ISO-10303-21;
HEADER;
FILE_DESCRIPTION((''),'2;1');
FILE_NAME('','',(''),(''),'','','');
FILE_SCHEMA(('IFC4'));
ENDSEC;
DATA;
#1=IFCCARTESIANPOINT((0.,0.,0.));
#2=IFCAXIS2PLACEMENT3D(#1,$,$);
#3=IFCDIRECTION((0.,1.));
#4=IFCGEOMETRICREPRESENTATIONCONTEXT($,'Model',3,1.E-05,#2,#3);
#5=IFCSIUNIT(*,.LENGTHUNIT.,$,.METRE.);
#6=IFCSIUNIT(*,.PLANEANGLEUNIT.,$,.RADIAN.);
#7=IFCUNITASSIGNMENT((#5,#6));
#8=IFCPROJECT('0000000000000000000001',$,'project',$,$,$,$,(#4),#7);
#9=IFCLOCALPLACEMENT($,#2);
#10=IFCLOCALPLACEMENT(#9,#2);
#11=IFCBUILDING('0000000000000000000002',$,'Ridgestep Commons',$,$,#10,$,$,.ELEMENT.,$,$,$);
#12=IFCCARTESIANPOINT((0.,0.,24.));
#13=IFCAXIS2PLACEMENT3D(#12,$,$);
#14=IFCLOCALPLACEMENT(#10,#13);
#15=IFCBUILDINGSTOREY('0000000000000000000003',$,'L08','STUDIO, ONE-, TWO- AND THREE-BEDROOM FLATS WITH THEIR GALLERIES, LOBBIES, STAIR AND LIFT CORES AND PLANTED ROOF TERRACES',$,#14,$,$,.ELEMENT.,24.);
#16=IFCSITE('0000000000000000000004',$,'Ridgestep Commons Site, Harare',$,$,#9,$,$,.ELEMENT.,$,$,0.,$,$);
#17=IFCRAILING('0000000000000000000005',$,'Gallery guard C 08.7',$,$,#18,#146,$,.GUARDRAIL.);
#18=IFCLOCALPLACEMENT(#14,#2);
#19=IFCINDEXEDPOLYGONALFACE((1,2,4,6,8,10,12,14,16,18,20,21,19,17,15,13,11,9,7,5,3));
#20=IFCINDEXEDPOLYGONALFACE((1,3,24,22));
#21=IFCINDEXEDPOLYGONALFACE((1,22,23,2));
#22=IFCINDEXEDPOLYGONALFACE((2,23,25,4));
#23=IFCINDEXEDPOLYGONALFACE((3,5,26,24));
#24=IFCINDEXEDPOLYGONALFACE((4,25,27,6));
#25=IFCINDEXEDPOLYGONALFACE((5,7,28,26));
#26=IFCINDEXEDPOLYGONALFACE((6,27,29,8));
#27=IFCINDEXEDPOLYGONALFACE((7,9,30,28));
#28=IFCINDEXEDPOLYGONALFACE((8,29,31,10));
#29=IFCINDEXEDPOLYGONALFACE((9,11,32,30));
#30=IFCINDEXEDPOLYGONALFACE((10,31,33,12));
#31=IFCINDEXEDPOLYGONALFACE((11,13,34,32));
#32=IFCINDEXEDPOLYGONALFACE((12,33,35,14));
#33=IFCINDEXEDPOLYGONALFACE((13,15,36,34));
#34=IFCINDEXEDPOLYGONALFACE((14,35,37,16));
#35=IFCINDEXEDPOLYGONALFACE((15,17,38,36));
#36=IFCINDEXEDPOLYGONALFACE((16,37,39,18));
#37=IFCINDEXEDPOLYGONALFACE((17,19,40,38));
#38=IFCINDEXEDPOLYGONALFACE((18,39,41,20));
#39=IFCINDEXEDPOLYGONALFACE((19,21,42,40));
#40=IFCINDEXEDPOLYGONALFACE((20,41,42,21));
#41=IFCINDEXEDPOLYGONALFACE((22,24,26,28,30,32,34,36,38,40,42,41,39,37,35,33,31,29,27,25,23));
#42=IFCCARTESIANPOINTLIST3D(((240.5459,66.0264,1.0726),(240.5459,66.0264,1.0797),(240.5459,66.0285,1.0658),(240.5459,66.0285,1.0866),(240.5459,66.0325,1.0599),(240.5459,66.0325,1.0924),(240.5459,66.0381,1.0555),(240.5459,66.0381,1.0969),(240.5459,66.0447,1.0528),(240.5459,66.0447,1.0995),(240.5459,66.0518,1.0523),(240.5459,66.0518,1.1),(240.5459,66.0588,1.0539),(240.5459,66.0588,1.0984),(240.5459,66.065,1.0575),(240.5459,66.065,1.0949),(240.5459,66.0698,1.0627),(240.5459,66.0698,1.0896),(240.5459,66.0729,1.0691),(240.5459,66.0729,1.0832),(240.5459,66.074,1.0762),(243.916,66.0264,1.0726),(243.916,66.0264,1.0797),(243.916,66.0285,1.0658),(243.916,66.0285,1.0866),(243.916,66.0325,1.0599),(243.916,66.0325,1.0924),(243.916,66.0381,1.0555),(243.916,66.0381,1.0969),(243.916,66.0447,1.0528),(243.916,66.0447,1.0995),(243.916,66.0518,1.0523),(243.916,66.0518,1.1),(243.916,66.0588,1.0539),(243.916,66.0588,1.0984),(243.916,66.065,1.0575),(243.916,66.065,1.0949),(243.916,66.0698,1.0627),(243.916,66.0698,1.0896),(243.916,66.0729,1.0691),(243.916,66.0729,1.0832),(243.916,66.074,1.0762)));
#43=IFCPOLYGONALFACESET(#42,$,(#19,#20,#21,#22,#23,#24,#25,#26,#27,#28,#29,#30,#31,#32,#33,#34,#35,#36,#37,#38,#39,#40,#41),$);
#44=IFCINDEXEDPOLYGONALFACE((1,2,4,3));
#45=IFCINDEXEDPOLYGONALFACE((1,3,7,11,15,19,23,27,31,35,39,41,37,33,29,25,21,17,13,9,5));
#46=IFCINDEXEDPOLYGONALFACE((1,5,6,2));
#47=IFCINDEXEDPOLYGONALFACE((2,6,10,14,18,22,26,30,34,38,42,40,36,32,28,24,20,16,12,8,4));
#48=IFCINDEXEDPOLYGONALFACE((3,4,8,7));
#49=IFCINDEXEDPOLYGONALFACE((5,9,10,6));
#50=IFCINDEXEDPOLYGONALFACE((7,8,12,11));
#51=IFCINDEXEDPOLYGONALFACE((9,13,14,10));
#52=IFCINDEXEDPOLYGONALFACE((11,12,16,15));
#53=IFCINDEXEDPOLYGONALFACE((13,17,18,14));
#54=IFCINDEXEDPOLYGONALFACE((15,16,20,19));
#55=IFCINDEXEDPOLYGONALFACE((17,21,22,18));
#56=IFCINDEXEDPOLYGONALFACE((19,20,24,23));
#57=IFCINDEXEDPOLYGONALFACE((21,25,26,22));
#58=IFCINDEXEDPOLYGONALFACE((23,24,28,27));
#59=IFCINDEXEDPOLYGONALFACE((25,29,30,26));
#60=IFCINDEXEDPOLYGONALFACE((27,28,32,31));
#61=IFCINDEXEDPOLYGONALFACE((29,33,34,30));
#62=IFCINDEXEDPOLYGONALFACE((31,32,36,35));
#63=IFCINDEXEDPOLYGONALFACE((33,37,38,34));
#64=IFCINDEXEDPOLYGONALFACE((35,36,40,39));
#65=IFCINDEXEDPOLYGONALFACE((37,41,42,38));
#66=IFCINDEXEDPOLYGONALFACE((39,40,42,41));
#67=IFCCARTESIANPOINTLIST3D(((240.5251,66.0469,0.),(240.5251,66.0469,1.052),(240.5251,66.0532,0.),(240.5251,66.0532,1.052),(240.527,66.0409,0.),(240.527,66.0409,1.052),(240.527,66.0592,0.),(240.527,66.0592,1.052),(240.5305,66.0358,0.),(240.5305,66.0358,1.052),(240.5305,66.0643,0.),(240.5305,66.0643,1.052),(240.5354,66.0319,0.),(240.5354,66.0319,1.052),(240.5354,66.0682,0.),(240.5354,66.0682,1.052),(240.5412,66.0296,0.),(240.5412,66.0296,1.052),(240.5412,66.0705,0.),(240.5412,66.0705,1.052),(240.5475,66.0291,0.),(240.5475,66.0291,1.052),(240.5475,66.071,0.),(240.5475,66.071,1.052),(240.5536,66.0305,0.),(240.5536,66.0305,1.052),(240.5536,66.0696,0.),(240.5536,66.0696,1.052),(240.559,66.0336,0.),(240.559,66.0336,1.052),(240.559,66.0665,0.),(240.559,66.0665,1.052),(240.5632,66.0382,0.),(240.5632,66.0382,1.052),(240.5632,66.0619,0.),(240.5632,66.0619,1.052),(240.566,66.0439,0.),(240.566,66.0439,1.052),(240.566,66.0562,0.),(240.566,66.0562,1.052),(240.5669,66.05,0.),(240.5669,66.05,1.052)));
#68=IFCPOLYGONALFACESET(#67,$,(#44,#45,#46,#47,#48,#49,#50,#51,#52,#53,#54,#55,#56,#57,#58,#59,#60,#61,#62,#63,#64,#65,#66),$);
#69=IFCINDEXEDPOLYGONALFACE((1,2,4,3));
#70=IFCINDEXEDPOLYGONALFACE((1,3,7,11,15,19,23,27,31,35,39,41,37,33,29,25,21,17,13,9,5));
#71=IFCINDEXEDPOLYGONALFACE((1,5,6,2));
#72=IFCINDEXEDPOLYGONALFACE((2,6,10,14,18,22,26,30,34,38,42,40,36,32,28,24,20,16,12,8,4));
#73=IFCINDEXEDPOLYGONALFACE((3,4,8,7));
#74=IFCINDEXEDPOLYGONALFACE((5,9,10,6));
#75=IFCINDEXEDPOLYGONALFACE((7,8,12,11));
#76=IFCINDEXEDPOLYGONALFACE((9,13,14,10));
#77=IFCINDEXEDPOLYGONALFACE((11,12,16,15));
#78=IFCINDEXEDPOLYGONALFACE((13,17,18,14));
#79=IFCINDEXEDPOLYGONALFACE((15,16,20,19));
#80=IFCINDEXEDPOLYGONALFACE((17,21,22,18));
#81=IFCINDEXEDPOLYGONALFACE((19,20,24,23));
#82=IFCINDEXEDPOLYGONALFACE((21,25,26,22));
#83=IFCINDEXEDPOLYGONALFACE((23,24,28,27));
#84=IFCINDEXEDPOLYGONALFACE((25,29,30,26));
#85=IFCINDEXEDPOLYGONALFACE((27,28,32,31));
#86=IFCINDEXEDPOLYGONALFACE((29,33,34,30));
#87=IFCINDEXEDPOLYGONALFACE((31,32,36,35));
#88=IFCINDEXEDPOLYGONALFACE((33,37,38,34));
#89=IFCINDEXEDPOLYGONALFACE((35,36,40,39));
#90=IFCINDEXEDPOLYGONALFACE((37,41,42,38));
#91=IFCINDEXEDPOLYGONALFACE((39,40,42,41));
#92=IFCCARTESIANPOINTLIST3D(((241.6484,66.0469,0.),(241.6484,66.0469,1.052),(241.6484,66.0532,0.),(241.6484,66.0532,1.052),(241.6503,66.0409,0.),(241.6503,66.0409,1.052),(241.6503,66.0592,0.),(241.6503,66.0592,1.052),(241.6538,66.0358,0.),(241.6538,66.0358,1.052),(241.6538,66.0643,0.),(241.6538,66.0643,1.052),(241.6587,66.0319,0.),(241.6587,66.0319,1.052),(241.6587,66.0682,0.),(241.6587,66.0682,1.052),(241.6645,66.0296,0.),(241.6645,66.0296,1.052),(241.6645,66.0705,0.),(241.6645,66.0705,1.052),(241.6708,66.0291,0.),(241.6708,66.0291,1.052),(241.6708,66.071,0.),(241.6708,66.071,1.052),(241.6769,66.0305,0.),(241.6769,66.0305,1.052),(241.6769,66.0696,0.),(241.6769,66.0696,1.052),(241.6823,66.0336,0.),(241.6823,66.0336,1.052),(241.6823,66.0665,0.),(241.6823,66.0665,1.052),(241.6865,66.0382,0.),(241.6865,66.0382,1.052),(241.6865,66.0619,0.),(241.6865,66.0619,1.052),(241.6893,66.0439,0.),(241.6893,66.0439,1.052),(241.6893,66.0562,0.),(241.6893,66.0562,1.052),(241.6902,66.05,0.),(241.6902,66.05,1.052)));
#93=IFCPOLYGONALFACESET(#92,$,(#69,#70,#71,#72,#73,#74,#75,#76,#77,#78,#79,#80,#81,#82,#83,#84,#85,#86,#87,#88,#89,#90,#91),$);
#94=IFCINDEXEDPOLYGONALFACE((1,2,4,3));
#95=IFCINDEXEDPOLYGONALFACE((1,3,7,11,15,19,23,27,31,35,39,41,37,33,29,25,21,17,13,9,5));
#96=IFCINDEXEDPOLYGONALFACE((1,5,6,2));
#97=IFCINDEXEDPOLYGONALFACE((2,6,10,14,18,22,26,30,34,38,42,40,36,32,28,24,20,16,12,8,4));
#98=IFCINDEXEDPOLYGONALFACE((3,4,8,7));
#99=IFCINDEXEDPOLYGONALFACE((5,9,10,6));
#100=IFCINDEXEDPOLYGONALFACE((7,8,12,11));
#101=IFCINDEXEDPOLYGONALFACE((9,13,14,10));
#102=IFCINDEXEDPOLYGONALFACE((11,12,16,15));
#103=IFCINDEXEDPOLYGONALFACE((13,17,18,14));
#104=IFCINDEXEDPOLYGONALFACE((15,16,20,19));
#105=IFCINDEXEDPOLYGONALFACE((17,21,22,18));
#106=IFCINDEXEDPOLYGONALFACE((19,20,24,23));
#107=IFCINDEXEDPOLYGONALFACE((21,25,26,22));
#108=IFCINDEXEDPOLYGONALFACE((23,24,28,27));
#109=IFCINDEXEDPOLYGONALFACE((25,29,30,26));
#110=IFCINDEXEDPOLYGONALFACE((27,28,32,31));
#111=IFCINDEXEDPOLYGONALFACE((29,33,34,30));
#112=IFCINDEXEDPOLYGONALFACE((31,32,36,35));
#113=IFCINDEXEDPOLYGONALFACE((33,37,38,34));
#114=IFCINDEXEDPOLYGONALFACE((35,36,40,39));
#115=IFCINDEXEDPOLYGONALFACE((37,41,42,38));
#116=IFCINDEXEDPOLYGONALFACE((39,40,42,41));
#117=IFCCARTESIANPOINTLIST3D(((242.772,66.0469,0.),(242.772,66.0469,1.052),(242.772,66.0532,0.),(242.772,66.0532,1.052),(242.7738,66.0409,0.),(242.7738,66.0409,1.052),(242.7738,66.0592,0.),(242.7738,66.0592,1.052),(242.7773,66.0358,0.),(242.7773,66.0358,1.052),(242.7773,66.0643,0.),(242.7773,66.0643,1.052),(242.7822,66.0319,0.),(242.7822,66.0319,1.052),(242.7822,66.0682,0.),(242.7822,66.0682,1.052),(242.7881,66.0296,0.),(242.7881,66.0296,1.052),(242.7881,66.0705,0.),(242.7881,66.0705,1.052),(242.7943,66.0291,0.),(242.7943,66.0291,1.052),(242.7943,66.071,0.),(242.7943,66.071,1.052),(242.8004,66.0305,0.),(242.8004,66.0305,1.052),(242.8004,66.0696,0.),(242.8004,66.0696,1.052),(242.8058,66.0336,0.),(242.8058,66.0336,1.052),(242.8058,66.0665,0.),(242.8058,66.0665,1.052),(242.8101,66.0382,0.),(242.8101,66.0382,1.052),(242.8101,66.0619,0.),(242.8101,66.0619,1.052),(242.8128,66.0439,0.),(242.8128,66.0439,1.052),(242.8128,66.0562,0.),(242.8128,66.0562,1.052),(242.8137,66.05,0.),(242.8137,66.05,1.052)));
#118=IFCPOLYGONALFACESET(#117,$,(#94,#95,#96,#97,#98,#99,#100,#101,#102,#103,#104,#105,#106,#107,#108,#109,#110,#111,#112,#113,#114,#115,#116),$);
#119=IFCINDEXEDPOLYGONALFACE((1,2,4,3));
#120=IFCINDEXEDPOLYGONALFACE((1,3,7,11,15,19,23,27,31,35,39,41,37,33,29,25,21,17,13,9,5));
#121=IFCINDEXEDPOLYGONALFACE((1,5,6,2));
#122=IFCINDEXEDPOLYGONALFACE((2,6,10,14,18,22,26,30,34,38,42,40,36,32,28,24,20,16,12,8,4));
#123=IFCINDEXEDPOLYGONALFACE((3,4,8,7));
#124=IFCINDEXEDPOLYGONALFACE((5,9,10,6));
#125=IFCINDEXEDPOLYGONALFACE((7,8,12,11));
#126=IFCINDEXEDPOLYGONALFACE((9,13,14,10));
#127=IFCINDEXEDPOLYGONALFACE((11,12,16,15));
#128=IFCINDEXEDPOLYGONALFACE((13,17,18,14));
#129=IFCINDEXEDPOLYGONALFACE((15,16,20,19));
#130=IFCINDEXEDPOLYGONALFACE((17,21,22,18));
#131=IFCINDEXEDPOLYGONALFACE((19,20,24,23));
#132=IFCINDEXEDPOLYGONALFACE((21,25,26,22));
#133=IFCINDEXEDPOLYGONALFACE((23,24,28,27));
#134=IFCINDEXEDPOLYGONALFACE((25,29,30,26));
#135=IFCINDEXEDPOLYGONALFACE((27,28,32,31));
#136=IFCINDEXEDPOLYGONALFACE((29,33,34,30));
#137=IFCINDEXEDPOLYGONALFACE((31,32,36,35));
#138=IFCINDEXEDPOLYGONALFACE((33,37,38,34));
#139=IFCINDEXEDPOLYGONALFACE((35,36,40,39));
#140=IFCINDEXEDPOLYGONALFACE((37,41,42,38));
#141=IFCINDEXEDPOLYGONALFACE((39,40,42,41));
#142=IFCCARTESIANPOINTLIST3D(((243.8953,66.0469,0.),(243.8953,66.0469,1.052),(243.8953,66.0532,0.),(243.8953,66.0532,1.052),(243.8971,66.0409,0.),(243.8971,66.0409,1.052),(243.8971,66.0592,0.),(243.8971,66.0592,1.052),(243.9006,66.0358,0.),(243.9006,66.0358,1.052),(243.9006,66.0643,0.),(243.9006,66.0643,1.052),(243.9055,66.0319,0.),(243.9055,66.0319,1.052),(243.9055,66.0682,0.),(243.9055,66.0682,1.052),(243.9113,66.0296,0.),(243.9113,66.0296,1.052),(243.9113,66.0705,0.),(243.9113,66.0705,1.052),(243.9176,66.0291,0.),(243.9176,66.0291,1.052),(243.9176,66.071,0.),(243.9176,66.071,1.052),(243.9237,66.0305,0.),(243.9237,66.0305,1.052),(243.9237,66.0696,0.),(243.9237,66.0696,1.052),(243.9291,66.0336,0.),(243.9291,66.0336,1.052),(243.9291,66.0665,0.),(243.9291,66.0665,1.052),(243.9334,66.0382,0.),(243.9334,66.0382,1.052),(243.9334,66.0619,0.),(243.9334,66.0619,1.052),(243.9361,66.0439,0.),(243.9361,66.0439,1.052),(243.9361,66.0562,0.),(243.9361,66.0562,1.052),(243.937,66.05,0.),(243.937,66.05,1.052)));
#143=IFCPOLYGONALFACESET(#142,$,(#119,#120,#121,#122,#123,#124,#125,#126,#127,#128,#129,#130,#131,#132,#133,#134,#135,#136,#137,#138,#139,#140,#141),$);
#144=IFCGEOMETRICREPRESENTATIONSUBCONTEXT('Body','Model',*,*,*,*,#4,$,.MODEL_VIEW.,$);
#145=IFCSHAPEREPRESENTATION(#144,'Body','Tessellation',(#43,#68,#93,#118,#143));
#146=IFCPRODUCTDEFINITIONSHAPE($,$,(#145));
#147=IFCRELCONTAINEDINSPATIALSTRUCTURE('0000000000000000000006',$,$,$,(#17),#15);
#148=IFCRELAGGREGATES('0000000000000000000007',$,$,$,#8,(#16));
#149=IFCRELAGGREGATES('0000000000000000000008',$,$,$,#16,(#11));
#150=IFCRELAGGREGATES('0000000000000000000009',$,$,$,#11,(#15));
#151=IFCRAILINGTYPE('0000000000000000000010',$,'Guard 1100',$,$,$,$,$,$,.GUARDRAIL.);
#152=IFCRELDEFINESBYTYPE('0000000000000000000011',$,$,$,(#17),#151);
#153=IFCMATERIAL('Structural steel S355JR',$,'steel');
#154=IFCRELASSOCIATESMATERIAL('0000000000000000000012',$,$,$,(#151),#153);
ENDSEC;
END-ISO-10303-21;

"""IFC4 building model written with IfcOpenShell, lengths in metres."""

from ifc_helpers import new_model, si_unit, direction, frame, origin, origin_2d, place, context, subcontext, project, spatial, circle, extrude, material, type_object, element, save


model = new_model("IFC4")

# Units and contexts
model_context = context("Model", 3, precision=1e-05, world=origin(), true_north=direction((0.0, 1.0)))
body_context = subcontext(model_context, "Body", "Model", "MODEL_VIEW")
ifc_project = project(units=[si_unit("LENGTHUNIT", "METRE"), si_unit("PLANEANGLEUNIT", "RADIAN")], contexts=[model_context])

# Site, building, storey
site_placement = place(None, origin())
site = spatial("IfcSite", under=ifc_project, at=site_placement, Name="Ridgestep Commons Site, Harare", CompositionType="ELEMENT", RefElevation=0.0)
building_placement = place(site_placement, origin())
building = spatial("IfcBuilding", under=site, at=building_placement, Name="Ridgestep Commons", CompositionType="ELEMENT")
storey_placement = place(building_placement, frame((0.0, 0.0, 24.0)))
storey = spatial("IfcBuildingStorey", under=building, at=storey_placement, Name="L08", Description="STUDIO, ONE-, TWO- AND THREE-BEDROOM FLATS WITH THEIR GALLERIES, LOBBIES, STAIR AND LIFT CORES AND PLANTED ROOF TERRACES", CompositionType="ELEMENT", Elevation=24.0)

# Railing
ifc_material_1 = material(Name="Structural steel S355JR", Category="steel")
railing_type_1 = type_object("IfcRailingType", Name="Guard 1100", PredefinedType="GUARDRAIL", material=ifc_material_1)
railing_1_placement = place(storey_placement, frame((240.5459, 66.05, 0.0)))
element("IfcRailing", 1, at=railing_1_placement, inside=storey, type_object=railing_type_1, Name="Gallery guard C 08.7", PredefinedType="GUARDRAIL", context=body_context, shape_type="SweptSolid", body=[
    extrude(circle(Radius=0.0239, at=origin_2d()), frame((0.0, 0.0, 1.0762), z_axis=(1.0, 0.0, 0.0), x_axis=(0.0, 1.0, 0.0)), (0.0, 0.0, 1.0), 3.3701),
    extrude(circle(Radius=0.021, at=origin_2d()), origin(), (0.0, 0.0, 1.0), 1.052),
    extrude(circle(Radius=0.021, at=origin_2d()), frame((1.1233, 0.0, 0.0)), (0.0, 0.0, 1.0), 1.052),
    extrude(circle(Radius=0.021, at=origin_2d()), frame((2.2468, 0.0, 0.0)), (0.0, 0.0, 1.0), 1.052),
    extrude(circle(Radius=0.021, at=origin_2d()), frame((3.3701, 0.0, 0.0)), (0.0, 0.0, 1.0), 1.052),
])

save(model, "model.ifc")
